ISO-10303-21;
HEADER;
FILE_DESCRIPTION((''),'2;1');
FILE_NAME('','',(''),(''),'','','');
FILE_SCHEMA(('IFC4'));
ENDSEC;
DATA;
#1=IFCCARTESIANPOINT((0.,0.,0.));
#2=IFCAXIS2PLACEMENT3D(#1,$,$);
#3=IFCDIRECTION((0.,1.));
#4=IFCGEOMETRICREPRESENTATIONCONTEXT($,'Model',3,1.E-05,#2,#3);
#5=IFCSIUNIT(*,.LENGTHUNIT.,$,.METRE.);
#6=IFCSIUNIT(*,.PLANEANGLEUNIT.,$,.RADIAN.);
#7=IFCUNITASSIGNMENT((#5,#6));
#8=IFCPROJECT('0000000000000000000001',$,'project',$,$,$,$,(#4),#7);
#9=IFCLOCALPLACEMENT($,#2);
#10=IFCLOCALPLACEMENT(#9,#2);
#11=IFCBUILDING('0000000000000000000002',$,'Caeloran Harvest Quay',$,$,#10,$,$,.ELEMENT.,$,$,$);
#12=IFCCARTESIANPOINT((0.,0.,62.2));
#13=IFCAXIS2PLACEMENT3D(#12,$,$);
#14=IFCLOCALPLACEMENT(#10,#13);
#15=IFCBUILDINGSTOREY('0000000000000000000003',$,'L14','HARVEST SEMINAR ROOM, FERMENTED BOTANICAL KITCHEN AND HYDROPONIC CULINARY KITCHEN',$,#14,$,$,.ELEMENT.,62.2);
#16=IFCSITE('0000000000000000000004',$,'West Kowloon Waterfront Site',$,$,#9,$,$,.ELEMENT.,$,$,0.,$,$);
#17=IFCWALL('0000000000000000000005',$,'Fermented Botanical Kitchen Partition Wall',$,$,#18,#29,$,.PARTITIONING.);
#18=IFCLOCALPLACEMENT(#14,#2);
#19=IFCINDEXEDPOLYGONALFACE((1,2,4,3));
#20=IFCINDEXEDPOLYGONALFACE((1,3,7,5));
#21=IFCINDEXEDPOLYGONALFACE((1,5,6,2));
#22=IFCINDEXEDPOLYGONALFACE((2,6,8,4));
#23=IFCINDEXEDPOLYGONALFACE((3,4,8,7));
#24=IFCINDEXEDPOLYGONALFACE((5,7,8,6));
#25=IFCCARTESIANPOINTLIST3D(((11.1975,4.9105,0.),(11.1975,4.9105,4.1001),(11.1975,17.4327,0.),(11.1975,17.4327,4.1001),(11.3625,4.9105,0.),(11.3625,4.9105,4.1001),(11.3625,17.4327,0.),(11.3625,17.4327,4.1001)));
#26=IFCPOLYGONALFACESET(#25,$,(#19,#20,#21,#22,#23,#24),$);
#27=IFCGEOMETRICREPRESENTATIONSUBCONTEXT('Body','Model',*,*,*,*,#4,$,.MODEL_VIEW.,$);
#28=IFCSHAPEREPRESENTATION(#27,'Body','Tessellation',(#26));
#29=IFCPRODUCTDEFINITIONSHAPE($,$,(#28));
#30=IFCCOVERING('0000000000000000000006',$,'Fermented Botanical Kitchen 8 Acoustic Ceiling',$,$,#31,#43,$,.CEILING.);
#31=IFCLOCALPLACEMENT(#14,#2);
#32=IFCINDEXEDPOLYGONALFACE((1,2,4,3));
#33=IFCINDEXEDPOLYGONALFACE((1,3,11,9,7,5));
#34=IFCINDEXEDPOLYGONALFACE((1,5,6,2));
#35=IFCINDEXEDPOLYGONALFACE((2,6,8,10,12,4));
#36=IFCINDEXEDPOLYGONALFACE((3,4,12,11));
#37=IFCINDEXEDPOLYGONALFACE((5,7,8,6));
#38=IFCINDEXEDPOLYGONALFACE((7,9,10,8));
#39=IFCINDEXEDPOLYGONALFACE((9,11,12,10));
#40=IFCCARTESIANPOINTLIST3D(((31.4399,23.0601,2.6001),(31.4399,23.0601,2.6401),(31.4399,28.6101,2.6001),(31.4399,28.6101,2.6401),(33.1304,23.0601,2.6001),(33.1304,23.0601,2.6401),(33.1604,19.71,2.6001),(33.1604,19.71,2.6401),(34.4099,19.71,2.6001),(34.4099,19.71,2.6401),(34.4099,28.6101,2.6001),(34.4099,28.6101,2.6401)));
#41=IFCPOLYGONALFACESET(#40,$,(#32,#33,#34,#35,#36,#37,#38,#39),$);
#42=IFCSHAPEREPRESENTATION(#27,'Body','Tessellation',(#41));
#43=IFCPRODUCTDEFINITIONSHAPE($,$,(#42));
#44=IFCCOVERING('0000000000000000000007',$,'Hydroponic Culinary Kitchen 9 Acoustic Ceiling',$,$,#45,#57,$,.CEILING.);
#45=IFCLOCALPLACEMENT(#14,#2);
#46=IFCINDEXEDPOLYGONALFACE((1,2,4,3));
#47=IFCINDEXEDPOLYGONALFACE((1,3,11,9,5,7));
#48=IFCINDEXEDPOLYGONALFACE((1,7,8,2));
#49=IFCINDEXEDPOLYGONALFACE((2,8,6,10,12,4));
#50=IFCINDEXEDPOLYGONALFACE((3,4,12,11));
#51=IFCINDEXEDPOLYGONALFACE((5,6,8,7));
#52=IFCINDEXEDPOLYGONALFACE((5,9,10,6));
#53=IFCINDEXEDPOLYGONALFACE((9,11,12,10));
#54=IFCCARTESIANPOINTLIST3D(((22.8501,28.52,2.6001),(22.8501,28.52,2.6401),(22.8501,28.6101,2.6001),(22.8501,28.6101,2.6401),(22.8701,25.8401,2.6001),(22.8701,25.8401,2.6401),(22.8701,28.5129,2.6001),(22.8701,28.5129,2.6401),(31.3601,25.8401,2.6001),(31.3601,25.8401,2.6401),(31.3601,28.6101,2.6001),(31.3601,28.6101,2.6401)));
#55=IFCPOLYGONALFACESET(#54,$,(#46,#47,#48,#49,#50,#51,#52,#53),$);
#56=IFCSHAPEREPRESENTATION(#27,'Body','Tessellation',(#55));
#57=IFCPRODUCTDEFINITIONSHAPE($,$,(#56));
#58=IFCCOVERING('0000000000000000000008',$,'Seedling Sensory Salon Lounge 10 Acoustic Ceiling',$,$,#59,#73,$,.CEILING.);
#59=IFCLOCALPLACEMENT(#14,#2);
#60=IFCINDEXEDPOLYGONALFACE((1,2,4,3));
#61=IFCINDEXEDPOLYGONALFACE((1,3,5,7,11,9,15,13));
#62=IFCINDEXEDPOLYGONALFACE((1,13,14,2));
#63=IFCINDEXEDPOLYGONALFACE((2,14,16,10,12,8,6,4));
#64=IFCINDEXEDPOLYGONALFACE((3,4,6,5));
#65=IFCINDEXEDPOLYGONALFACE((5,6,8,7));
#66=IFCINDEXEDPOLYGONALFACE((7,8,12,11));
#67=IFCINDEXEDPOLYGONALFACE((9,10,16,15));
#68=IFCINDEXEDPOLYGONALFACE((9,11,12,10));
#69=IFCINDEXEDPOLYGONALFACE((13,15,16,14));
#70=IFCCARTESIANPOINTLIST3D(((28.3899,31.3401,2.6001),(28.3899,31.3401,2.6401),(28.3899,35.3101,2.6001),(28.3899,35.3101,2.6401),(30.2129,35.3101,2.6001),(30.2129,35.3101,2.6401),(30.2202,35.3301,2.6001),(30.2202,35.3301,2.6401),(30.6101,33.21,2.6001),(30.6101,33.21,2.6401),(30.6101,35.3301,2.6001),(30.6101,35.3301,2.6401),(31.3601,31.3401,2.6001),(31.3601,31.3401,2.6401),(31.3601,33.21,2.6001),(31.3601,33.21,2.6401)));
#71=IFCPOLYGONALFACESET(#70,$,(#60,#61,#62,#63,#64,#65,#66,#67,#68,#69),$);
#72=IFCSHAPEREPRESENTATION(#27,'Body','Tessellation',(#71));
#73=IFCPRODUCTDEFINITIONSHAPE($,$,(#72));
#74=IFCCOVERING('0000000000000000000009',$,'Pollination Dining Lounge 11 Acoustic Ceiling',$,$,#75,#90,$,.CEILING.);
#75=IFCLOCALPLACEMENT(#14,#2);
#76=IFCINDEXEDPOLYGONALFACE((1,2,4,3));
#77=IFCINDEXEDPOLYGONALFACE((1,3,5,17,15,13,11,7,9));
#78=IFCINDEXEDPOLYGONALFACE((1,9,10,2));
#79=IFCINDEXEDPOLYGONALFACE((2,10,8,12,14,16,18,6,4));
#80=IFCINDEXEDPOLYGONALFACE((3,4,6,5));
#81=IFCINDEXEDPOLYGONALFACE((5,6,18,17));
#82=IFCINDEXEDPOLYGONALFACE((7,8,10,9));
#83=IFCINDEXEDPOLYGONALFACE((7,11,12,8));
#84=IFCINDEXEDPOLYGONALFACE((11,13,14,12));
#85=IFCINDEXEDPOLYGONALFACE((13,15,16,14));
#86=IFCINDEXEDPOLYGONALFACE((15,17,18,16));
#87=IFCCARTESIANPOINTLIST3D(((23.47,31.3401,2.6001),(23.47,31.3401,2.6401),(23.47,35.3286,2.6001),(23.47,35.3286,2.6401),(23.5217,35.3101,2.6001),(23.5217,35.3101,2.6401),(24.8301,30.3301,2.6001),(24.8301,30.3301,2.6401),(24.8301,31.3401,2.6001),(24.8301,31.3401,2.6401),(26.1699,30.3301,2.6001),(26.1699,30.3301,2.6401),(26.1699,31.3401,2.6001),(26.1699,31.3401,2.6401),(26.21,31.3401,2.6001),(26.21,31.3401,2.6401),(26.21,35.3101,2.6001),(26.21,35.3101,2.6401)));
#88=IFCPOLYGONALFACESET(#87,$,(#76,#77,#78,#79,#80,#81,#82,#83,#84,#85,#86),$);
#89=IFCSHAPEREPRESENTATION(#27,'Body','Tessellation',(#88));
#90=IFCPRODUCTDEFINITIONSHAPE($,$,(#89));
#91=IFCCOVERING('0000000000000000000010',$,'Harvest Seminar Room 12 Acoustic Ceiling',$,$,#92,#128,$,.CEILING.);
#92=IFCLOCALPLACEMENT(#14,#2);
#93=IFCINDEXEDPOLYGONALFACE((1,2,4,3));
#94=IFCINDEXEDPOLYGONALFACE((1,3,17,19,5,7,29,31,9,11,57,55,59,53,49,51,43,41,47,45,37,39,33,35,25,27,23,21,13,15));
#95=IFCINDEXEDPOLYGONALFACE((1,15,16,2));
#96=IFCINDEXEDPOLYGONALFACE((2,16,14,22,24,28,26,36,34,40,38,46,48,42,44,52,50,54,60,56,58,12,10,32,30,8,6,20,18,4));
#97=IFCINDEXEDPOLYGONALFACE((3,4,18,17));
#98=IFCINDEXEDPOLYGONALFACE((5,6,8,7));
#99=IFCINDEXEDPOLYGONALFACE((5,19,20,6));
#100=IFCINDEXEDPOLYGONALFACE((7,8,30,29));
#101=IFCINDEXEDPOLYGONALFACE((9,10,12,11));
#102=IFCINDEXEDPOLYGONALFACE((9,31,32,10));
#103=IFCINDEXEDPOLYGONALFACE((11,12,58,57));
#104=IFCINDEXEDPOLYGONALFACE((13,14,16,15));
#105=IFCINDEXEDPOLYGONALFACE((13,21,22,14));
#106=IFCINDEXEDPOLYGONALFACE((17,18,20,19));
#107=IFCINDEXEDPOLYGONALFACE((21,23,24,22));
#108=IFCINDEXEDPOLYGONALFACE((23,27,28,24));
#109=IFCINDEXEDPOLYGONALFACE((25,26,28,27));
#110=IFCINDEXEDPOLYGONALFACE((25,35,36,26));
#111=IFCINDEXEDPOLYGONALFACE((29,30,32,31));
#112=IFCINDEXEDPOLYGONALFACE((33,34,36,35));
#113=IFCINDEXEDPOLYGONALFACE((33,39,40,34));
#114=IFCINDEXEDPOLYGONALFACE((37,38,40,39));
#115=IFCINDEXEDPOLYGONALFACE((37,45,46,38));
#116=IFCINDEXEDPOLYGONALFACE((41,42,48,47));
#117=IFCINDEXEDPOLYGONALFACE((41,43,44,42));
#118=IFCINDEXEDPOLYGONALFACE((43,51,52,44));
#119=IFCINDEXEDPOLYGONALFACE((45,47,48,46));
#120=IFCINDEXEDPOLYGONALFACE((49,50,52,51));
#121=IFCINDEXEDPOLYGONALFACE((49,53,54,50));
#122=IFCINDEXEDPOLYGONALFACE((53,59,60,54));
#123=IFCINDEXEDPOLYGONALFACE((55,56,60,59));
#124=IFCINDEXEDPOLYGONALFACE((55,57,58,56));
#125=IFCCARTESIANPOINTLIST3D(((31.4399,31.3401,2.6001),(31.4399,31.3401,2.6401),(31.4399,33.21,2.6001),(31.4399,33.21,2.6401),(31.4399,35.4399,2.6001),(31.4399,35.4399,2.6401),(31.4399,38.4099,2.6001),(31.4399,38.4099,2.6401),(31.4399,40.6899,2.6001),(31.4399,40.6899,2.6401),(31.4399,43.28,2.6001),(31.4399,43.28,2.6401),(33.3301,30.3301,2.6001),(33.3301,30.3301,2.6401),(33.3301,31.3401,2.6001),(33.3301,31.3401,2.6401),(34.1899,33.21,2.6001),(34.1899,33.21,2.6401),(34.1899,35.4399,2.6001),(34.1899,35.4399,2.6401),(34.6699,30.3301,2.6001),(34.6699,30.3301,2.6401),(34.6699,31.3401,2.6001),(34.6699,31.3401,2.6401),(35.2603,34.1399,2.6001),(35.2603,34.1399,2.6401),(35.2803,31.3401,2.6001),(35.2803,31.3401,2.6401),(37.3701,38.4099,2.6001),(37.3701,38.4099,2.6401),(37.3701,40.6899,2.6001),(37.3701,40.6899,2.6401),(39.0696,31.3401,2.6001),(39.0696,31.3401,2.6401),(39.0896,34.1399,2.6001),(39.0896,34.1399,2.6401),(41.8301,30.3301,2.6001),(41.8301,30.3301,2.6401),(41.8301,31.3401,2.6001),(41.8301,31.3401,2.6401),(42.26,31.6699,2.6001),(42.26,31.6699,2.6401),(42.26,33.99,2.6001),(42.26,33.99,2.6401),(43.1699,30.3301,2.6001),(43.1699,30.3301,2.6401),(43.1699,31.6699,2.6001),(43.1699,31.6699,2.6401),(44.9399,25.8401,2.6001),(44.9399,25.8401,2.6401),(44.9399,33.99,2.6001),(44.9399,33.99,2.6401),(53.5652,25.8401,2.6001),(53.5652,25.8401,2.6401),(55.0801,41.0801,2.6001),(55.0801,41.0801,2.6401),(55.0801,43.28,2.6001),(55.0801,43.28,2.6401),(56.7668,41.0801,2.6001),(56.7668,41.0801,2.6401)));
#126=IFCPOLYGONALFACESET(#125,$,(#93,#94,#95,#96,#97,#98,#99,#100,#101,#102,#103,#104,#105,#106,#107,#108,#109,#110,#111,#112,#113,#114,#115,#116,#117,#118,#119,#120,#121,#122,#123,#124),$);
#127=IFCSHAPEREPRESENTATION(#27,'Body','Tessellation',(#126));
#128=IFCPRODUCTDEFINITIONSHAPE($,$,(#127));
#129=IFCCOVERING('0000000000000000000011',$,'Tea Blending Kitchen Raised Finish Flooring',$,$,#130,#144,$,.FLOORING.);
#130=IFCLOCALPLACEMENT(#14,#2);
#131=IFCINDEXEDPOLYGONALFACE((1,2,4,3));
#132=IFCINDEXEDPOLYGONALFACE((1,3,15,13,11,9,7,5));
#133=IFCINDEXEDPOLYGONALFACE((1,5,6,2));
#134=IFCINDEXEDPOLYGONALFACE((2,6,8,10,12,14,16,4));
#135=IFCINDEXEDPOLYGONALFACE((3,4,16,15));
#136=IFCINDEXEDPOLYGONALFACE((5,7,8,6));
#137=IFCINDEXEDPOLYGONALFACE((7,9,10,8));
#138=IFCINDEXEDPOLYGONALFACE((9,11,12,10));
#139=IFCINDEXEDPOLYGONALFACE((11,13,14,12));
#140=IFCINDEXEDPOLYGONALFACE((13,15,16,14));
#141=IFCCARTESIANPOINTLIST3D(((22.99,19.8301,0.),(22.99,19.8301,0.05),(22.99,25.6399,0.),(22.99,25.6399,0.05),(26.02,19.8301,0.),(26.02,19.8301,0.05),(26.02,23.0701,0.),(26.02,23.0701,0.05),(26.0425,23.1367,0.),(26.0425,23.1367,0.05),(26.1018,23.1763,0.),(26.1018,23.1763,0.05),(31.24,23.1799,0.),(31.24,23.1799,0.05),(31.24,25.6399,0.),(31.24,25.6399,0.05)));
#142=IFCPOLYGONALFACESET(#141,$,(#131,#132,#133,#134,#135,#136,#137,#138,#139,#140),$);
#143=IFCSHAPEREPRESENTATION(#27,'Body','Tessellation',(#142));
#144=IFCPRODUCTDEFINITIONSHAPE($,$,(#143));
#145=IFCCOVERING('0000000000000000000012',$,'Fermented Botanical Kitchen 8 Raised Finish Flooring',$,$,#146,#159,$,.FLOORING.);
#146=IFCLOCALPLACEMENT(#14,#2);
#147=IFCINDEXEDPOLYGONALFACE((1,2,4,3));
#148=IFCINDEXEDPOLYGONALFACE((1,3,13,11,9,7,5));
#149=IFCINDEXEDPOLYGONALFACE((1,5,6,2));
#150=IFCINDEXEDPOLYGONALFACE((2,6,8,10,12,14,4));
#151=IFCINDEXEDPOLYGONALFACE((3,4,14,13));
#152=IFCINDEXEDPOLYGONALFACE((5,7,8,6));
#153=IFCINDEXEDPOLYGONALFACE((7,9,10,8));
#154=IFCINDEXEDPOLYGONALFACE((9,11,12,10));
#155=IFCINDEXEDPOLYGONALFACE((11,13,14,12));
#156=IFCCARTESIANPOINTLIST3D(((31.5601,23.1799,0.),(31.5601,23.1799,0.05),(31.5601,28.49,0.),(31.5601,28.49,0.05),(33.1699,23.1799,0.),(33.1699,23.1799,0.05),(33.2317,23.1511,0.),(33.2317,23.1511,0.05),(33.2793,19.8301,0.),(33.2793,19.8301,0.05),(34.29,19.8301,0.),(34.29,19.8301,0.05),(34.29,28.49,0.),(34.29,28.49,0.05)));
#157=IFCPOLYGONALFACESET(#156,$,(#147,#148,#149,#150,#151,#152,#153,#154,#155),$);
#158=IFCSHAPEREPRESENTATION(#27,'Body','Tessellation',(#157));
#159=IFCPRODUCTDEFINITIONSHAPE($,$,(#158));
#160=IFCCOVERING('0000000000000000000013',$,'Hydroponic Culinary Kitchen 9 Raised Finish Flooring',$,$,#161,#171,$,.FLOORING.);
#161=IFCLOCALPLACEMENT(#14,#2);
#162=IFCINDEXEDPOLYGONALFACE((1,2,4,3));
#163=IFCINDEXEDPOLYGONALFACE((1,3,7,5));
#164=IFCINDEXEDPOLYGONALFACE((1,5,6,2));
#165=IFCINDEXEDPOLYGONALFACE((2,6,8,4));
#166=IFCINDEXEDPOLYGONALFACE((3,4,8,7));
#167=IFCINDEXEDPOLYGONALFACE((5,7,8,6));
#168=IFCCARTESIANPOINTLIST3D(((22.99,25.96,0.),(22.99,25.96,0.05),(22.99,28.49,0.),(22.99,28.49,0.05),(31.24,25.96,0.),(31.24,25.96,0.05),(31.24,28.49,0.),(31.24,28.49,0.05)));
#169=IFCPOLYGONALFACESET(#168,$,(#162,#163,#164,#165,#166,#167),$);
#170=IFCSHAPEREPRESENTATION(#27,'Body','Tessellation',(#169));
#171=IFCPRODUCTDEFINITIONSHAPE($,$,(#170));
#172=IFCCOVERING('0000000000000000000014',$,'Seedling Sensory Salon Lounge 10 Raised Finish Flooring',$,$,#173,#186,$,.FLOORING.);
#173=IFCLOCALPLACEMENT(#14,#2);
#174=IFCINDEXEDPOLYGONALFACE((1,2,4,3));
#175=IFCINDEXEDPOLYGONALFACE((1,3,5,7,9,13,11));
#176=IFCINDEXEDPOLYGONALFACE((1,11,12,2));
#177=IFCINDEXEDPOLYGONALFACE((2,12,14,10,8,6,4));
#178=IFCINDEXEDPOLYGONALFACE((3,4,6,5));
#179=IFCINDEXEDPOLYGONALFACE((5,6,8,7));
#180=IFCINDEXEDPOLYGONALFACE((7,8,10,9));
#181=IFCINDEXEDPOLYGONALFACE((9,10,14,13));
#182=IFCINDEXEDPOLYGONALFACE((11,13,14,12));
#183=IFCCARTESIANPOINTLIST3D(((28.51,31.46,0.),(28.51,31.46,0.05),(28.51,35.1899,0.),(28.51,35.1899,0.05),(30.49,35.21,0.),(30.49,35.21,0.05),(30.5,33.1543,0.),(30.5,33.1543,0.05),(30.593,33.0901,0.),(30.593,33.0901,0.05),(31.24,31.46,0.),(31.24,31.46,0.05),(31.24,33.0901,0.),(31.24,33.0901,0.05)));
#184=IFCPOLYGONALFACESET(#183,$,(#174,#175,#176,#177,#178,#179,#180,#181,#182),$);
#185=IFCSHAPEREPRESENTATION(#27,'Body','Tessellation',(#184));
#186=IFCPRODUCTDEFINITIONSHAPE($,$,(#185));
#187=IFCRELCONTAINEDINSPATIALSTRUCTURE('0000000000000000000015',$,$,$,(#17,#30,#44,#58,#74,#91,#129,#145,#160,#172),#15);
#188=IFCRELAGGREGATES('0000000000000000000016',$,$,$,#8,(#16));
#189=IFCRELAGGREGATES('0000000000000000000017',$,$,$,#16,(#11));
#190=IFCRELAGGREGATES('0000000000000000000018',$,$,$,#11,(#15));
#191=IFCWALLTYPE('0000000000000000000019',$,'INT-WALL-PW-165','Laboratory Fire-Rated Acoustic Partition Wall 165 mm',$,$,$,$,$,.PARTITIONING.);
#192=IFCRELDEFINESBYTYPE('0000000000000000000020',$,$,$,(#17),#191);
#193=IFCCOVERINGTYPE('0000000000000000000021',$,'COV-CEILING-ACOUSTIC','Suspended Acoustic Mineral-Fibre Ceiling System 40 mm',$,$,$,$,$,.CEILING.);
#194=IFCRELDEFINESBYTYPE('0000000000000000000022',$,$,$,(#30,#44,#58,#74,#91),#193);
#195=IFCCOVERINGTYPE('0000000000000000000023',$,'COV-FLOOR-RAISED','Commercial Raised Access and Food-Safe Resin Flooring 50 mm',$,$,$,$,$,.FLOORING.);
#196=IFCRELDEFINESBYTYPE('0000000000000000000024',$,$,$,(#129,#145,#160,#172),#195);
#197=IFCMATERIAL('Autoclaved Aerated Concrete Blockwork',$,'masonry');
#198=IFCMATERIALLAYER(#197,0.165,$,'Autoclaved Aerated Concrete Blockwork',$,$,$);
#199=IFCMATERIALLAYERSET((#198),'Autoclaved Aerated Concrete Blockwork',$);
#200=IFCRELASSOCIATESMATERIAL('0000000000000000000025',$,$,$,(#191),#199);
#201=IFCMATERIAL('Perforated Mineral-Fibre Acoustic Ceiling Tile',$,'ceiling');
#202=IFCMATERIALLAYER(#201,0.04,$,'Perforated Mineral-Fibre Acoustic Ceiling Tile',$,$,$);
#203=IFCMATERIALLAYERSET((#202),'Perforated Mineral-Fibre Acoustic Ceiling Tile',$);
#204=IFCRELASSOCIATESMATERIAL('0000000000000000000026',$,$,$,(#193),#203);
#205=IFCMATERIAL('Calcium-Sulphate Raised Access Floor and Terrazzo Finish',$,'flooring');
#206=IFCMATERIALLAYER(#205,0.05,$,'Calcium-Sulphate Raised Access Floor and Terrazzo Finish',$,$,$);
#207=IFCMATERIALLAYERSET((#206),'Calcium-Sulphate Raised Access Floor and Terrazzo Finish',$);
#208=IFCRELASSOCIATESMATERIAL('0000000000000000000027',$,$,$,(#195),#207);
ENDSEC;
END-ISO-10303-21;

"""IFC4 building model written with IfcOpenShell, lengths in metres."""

from ifc_helpers import new_model, si_unit, direction, frame, frame_2d, origin, place, context, subcontext, project, spatial, polyline, rectangle, outline, extrude, material, layer, layer_set, type_object, element, save


model = new_model("IFC4")

# Units and contexts
model_context = context("Model", 3, precision=1e-05, world=origin(), true_north=direction((0.0, 1.0)))
body_context = subcontext(model_context, "Body", "Model", "MODEL_VIEW")
ifc_project = project(units=[si_unit("LENGTHUNIT", "METRE"), si_unit("PLANEANGLEUNIT", "RADIAN")], contexts=[model_context])

# Site, building, storey
site_placement = place(None, origin())
site = spatial("IfcSite", under=ifc_project, at=site_placement, Name="West Kowloon Waterfront Site", CompositionType="ELEMENT", RefElevation=0.0)
building_placement = place(site_placement, origin())
building = spatial("IfcBuilding", under=site, at=building_placement, Name="Caeloran Harvest Quay", CompositionType="ELEMENT")
storey_placement = place(building_placement, frame((0.0, 0.0, 62.2)))
storey = spatial("IfcBuildingStorey", under=building, at=storey_placement, Name="L14", Description="HARVEST SEMINAR ROOM, FERMENTED BOTANICAL KITCHEN AND HYDROPONIC CULINARY KITCHEN", CompositionType="ELEMENT", Elevation=62.2)

# Wall
ifc_material_1 = material(Name="Autoclaved Aerated Concrete Blockwork", Category="masonry")
ifc_layer_1 = layer(ifc_material_1, 0.165, Name="Autoclaved Aerated Concrete Blockwork")
ifc_layer_set_1 = layer_set([ifc_layer_1], Name="Autoclaved Aerated Concrete Blockwork")
wall_type_1 = type_object("IfcWallType", Name="INT-WALL-PW-165", Description="Laboratory Fire-Rated Acoustic Partition Wall 165 mm", PredefinedType="PARTITIONING", material=ifc_layer_set_1)
wall_1_placement = place(storey_placement, frame((11.28, 4.9104, 0.0), z_axis=(0.0, 0.0, 1.0), x_axis=(0.0, 1.0, 0.0)))
element("IfcWall", 1, at=wall_1_placement, inside=storey, type_object=wall_type_1, Name="Fermented Botanical Kitchen Partition Wall", PredefinedType="PARTITIONING", context=body_context, shape_type="SweptSolid", body=[
    extrude(rectangle(XDim=12.5222, YDim=0.165, at=frame_2d((6.2612, 0.0))), origin(), (0.0, 0.0, 1.0), 4.1001),
])

# Coverings
ifc_material_2 = material(Name="Perforated Mineral-Fibre Acoustic Ceiling Tile", Category="ceiling")
ifc_layer_2 = layer(ifc_material_2, 0.04, Name="Perforated Mineral-Fibre Acoustic Ceiling Tile")
ifc_layer_set_2 = layer_set([ifc_layer_2], Name="Perforated Mineral-Fibre Acoustic Ceiling Tile")
covering_type_1 = type_object("IfcCoveringType", Name="COV-CEILING-ACOUSTIC", Description="Suspended Acoustic Mineral-Fibre Ceiling System 40 mm", PredefinedType="CEILING", material=ifc_layer_set_2)
covering_1_placement = place(storey_placement, frame((0.0, 0.0, 2.6001)))
element("IfcCovering", 2, at=covering_1_placement, inside=storey, type_object=covering_type_1, Name="Fermented Botanical Kitchen 8 Acoustic Ceiling", PredefinedType="CEILING", context=body_context, shape_type="SweptSolid", body=[
    extrude(outline(polyline([(31.4399, 28.6101), (34.4099, 28.6101), (34.4099, 19.71), (33.1604, 19.71), (33.1304, 23.0601), (31.4399, 23.0601), (31.4399, 28.6101)])), origin(), (0.0, 0.0, 1.0), 0.04),
])
covering_2_placement = place(storey_placement, frame((0.0, 0.0, 2.6001)))
element("IfcCovering", 3, at=covering_2_placement, inside=storey, type_object=covering_type_1, Name="Hydroponic Culinary Kitchen 9 Acoustic Ceiling", PredefinedType="CEILING", context=body_context, shape_type="SweptSolid", body=[
    extrude(outline(polyline([(22.8701, 28.5129), (22.8501, 28.52), (22.8501, 28.6101), (31.3601, 28.6101), (31.3601, 25.8401), (22.8701, 25.8401), (22.8701, 28.5129)])), origin(), (0.0, 0.0, 1.0), 0.04),
])
covering_3_placement = place(storey_placement, frame((0.0, 0.0, 2.6001)))
element("IfcCovering", 4, at=covering_3_placement, inside=storey, type_object=covering_type_1, Name="Seedling Sensory Salon Lounge 10 Acoustic Ceiling", PredefinedType="CEILING", context=body_context, shape_type="SweptSolid", body=[
    extrude(outline(polyline([(30.2129, 35.3101), (30.2202, 35.3301), (30.6101, 35.3301), (30.6101, 33.21), (31.3601, 33.21), (31.3601, 31.3401), (28.3899, 31.3401), (28.3899, 35.3101), (30.2129, 35.3101)])), origin(), (0.0, 0.0, 1.0), 0.04),
])
covering_4_placement = place(storey_placement, frame((0.0, 0.0, 2.6001)))
element("IfcCovering", 5, at=covering_4_placement, inside=storey, type_object=covering_type_1, Name="Pollination Dining Lounge 11 Acoustic Ceiling", PredefinedType="CEILING", context=body_context, shape_type="SweptSolid", body=[
    extrude(outline(polyline([(26.1699, 30.3301), (24.8301, 30.3301), (24.8301, 31.3401), (23.47, 31.3401), (23.47, 35.3286), (23.5217, 35.3101), (26.21, 35.3101), (26.21, 31.3401), (26.1699, 31.3401), (26.1699, 30.3301)])), origin(), (0.0, 0.0, 1.0), 0.04),
])
covering_5_placement = place(storey_placement, frame((0.0, 0.0, 2.6001)))
element("IfcCovering", 6, at=covering_5_placement, inside=storey, type_object=covering_type_1, Name="Harvest Seminar Room 12 Acoustic Ceiling", PredefinedType="CEILING", context=body_context, shape_type="SweptSolid", body=[
    extrude(outline(polyline([(33.3301, 31.3401), (31.4399, 31.3401), (31.4399, 33.21), (34.1899, 33.21), (34.1899, 35.4399), (31.4399, 35.4399), (31.4399, 38.4099), (37.3701, 38.4099), (37.3701, 40.6899), (31.4399, 40.6899), (31.4399, 43.28), (55.0801, 43.28), (55.0801, 41.0801), (56.7668, 41.0801), (53.5652, 25.8401), (44.9399, 25.8401), (44.9399, 33.99), (42.26, 33.99), (42.26, 31.6699), (43.1699, 31.6699), (43.1699, 30.3301), (41.8301, 30.3301), (41.8301, 31.3401), (39.0696, 31.3401), (39.0896, 34.1399), (35.2603, 34.1399), (35.2803, 31.3401), (34.6699, 31.3401), (34.6699, 30.3301), (33.3301, 30.3301), (33.3301, 31.3401)])), origin(), (0.0, 0.0, 1.0), 0.04),
])
ifc_material_3 = material(Name="Calcium-Sulphate Raised Access Floor and Terrazzo Finish", Category="flooring")
ifc_layer_3 = layer(ifc_material_3, 0.05, Name="Calcium-Sulphate Raised Access Floor and Terrazzo Finish")
ifc_layer_set_3 = layer_set([ifc_layer_3], Name="Calcium-Sulphate Raised Access Floor and Terrazzo Finish")
covering_type_2 = type_object("IfcCoveringType", Name="COV-FLOOR-RAISED", Description="Commercial Raised Access and Food-Safe Resin Flooring 50 mm", PredefinedType="FLOORING", material=ifc_layer_set_3)
covering_6_placement = place(storey_placement, origin())
element("IfcCovering", 7, at=covering_6_placement, inside=storey, type_object=covering_type_2, Name="Tea Blending Kitchen Raised Finish Flooring", PredefinedType="FLOORING", context=body_context, shape_type="SweptSolid", body=[
    extrude(outline(polyline([(26.1018, 23.1763), (26.0425, 23.1367), (26.02, 23.0701), (26.02, 19.8301), (22.99, 19.8301), (22.99, 25.6399), (31.24, 25.6399), (31.24, 23.1799), (26.1018, 23.1763)])), origin(), (0.0, 0.0, 1.0), 0.05),
])
covering_7_placement = place(storey_placement, origin())
element("IfcCovering", 8, at=covering_7_placement, inside=storey, type_object=covering_type_2, Name="Fermented Botanical Kitchen 8 Raised Finish Flooring", PredefinedType="FLOORING", context=body_context, shape_type="SweptSolid", body=[
    extrude(outline(polyline([(31.5601, 28.49), (34.29, 28.49), (34.29, 19.8301), (33.2793, 19.8301), (33.2317, 23.1511), (33.1699, 23.1799), (31.5601, 23.1799), (31.5601, 28.49)])), origin(), (0.0, 0.0, 1.0), 0.05),
])
covering_8_placement = place(storey_placement, origin())
element("IfcCovering", 9, at=covering_8_placement, inside=storey, type_object=covering_type_2, Name="Hydroponic Culinary Kitchen 9 Raised Finish Flooring", PredefinedType="FLOORING", context=body_context, shape_type="SweptSolid", body=[
    extrude(outline(polyline([(22.99, 28.49), (31.24, 28.49), (31.24, 25.96), (22.99, 25.96), (22.99, 28.49)])), origin(), (0.0, 0.0, 1.0), 0.05),
])
covering_9_placement = place(storey_placement, origin())
element("IfcCovering", 10, at=covering_9_placement, inside=storey, type_object=covering_type_2, Name="Seedling Sensory Salon Lounge 10 Raised Finish Flooring", PredefinedType="FLOORING", context=body_context, shape_type="SweptSolid", body=[
    extrude(outline(polyline([(28.51, 35.1899), (30.49, 35.21), (30.5, 33.1543), (30.593, 33.0901), (31.24, 33.0901), (31.24, 31.46), (28.51, 31.46), (28.51, 35.1899)])), origin(), (0.0, 0.0, 1.0), 0.05),
])

save(model, "model.ifc")
